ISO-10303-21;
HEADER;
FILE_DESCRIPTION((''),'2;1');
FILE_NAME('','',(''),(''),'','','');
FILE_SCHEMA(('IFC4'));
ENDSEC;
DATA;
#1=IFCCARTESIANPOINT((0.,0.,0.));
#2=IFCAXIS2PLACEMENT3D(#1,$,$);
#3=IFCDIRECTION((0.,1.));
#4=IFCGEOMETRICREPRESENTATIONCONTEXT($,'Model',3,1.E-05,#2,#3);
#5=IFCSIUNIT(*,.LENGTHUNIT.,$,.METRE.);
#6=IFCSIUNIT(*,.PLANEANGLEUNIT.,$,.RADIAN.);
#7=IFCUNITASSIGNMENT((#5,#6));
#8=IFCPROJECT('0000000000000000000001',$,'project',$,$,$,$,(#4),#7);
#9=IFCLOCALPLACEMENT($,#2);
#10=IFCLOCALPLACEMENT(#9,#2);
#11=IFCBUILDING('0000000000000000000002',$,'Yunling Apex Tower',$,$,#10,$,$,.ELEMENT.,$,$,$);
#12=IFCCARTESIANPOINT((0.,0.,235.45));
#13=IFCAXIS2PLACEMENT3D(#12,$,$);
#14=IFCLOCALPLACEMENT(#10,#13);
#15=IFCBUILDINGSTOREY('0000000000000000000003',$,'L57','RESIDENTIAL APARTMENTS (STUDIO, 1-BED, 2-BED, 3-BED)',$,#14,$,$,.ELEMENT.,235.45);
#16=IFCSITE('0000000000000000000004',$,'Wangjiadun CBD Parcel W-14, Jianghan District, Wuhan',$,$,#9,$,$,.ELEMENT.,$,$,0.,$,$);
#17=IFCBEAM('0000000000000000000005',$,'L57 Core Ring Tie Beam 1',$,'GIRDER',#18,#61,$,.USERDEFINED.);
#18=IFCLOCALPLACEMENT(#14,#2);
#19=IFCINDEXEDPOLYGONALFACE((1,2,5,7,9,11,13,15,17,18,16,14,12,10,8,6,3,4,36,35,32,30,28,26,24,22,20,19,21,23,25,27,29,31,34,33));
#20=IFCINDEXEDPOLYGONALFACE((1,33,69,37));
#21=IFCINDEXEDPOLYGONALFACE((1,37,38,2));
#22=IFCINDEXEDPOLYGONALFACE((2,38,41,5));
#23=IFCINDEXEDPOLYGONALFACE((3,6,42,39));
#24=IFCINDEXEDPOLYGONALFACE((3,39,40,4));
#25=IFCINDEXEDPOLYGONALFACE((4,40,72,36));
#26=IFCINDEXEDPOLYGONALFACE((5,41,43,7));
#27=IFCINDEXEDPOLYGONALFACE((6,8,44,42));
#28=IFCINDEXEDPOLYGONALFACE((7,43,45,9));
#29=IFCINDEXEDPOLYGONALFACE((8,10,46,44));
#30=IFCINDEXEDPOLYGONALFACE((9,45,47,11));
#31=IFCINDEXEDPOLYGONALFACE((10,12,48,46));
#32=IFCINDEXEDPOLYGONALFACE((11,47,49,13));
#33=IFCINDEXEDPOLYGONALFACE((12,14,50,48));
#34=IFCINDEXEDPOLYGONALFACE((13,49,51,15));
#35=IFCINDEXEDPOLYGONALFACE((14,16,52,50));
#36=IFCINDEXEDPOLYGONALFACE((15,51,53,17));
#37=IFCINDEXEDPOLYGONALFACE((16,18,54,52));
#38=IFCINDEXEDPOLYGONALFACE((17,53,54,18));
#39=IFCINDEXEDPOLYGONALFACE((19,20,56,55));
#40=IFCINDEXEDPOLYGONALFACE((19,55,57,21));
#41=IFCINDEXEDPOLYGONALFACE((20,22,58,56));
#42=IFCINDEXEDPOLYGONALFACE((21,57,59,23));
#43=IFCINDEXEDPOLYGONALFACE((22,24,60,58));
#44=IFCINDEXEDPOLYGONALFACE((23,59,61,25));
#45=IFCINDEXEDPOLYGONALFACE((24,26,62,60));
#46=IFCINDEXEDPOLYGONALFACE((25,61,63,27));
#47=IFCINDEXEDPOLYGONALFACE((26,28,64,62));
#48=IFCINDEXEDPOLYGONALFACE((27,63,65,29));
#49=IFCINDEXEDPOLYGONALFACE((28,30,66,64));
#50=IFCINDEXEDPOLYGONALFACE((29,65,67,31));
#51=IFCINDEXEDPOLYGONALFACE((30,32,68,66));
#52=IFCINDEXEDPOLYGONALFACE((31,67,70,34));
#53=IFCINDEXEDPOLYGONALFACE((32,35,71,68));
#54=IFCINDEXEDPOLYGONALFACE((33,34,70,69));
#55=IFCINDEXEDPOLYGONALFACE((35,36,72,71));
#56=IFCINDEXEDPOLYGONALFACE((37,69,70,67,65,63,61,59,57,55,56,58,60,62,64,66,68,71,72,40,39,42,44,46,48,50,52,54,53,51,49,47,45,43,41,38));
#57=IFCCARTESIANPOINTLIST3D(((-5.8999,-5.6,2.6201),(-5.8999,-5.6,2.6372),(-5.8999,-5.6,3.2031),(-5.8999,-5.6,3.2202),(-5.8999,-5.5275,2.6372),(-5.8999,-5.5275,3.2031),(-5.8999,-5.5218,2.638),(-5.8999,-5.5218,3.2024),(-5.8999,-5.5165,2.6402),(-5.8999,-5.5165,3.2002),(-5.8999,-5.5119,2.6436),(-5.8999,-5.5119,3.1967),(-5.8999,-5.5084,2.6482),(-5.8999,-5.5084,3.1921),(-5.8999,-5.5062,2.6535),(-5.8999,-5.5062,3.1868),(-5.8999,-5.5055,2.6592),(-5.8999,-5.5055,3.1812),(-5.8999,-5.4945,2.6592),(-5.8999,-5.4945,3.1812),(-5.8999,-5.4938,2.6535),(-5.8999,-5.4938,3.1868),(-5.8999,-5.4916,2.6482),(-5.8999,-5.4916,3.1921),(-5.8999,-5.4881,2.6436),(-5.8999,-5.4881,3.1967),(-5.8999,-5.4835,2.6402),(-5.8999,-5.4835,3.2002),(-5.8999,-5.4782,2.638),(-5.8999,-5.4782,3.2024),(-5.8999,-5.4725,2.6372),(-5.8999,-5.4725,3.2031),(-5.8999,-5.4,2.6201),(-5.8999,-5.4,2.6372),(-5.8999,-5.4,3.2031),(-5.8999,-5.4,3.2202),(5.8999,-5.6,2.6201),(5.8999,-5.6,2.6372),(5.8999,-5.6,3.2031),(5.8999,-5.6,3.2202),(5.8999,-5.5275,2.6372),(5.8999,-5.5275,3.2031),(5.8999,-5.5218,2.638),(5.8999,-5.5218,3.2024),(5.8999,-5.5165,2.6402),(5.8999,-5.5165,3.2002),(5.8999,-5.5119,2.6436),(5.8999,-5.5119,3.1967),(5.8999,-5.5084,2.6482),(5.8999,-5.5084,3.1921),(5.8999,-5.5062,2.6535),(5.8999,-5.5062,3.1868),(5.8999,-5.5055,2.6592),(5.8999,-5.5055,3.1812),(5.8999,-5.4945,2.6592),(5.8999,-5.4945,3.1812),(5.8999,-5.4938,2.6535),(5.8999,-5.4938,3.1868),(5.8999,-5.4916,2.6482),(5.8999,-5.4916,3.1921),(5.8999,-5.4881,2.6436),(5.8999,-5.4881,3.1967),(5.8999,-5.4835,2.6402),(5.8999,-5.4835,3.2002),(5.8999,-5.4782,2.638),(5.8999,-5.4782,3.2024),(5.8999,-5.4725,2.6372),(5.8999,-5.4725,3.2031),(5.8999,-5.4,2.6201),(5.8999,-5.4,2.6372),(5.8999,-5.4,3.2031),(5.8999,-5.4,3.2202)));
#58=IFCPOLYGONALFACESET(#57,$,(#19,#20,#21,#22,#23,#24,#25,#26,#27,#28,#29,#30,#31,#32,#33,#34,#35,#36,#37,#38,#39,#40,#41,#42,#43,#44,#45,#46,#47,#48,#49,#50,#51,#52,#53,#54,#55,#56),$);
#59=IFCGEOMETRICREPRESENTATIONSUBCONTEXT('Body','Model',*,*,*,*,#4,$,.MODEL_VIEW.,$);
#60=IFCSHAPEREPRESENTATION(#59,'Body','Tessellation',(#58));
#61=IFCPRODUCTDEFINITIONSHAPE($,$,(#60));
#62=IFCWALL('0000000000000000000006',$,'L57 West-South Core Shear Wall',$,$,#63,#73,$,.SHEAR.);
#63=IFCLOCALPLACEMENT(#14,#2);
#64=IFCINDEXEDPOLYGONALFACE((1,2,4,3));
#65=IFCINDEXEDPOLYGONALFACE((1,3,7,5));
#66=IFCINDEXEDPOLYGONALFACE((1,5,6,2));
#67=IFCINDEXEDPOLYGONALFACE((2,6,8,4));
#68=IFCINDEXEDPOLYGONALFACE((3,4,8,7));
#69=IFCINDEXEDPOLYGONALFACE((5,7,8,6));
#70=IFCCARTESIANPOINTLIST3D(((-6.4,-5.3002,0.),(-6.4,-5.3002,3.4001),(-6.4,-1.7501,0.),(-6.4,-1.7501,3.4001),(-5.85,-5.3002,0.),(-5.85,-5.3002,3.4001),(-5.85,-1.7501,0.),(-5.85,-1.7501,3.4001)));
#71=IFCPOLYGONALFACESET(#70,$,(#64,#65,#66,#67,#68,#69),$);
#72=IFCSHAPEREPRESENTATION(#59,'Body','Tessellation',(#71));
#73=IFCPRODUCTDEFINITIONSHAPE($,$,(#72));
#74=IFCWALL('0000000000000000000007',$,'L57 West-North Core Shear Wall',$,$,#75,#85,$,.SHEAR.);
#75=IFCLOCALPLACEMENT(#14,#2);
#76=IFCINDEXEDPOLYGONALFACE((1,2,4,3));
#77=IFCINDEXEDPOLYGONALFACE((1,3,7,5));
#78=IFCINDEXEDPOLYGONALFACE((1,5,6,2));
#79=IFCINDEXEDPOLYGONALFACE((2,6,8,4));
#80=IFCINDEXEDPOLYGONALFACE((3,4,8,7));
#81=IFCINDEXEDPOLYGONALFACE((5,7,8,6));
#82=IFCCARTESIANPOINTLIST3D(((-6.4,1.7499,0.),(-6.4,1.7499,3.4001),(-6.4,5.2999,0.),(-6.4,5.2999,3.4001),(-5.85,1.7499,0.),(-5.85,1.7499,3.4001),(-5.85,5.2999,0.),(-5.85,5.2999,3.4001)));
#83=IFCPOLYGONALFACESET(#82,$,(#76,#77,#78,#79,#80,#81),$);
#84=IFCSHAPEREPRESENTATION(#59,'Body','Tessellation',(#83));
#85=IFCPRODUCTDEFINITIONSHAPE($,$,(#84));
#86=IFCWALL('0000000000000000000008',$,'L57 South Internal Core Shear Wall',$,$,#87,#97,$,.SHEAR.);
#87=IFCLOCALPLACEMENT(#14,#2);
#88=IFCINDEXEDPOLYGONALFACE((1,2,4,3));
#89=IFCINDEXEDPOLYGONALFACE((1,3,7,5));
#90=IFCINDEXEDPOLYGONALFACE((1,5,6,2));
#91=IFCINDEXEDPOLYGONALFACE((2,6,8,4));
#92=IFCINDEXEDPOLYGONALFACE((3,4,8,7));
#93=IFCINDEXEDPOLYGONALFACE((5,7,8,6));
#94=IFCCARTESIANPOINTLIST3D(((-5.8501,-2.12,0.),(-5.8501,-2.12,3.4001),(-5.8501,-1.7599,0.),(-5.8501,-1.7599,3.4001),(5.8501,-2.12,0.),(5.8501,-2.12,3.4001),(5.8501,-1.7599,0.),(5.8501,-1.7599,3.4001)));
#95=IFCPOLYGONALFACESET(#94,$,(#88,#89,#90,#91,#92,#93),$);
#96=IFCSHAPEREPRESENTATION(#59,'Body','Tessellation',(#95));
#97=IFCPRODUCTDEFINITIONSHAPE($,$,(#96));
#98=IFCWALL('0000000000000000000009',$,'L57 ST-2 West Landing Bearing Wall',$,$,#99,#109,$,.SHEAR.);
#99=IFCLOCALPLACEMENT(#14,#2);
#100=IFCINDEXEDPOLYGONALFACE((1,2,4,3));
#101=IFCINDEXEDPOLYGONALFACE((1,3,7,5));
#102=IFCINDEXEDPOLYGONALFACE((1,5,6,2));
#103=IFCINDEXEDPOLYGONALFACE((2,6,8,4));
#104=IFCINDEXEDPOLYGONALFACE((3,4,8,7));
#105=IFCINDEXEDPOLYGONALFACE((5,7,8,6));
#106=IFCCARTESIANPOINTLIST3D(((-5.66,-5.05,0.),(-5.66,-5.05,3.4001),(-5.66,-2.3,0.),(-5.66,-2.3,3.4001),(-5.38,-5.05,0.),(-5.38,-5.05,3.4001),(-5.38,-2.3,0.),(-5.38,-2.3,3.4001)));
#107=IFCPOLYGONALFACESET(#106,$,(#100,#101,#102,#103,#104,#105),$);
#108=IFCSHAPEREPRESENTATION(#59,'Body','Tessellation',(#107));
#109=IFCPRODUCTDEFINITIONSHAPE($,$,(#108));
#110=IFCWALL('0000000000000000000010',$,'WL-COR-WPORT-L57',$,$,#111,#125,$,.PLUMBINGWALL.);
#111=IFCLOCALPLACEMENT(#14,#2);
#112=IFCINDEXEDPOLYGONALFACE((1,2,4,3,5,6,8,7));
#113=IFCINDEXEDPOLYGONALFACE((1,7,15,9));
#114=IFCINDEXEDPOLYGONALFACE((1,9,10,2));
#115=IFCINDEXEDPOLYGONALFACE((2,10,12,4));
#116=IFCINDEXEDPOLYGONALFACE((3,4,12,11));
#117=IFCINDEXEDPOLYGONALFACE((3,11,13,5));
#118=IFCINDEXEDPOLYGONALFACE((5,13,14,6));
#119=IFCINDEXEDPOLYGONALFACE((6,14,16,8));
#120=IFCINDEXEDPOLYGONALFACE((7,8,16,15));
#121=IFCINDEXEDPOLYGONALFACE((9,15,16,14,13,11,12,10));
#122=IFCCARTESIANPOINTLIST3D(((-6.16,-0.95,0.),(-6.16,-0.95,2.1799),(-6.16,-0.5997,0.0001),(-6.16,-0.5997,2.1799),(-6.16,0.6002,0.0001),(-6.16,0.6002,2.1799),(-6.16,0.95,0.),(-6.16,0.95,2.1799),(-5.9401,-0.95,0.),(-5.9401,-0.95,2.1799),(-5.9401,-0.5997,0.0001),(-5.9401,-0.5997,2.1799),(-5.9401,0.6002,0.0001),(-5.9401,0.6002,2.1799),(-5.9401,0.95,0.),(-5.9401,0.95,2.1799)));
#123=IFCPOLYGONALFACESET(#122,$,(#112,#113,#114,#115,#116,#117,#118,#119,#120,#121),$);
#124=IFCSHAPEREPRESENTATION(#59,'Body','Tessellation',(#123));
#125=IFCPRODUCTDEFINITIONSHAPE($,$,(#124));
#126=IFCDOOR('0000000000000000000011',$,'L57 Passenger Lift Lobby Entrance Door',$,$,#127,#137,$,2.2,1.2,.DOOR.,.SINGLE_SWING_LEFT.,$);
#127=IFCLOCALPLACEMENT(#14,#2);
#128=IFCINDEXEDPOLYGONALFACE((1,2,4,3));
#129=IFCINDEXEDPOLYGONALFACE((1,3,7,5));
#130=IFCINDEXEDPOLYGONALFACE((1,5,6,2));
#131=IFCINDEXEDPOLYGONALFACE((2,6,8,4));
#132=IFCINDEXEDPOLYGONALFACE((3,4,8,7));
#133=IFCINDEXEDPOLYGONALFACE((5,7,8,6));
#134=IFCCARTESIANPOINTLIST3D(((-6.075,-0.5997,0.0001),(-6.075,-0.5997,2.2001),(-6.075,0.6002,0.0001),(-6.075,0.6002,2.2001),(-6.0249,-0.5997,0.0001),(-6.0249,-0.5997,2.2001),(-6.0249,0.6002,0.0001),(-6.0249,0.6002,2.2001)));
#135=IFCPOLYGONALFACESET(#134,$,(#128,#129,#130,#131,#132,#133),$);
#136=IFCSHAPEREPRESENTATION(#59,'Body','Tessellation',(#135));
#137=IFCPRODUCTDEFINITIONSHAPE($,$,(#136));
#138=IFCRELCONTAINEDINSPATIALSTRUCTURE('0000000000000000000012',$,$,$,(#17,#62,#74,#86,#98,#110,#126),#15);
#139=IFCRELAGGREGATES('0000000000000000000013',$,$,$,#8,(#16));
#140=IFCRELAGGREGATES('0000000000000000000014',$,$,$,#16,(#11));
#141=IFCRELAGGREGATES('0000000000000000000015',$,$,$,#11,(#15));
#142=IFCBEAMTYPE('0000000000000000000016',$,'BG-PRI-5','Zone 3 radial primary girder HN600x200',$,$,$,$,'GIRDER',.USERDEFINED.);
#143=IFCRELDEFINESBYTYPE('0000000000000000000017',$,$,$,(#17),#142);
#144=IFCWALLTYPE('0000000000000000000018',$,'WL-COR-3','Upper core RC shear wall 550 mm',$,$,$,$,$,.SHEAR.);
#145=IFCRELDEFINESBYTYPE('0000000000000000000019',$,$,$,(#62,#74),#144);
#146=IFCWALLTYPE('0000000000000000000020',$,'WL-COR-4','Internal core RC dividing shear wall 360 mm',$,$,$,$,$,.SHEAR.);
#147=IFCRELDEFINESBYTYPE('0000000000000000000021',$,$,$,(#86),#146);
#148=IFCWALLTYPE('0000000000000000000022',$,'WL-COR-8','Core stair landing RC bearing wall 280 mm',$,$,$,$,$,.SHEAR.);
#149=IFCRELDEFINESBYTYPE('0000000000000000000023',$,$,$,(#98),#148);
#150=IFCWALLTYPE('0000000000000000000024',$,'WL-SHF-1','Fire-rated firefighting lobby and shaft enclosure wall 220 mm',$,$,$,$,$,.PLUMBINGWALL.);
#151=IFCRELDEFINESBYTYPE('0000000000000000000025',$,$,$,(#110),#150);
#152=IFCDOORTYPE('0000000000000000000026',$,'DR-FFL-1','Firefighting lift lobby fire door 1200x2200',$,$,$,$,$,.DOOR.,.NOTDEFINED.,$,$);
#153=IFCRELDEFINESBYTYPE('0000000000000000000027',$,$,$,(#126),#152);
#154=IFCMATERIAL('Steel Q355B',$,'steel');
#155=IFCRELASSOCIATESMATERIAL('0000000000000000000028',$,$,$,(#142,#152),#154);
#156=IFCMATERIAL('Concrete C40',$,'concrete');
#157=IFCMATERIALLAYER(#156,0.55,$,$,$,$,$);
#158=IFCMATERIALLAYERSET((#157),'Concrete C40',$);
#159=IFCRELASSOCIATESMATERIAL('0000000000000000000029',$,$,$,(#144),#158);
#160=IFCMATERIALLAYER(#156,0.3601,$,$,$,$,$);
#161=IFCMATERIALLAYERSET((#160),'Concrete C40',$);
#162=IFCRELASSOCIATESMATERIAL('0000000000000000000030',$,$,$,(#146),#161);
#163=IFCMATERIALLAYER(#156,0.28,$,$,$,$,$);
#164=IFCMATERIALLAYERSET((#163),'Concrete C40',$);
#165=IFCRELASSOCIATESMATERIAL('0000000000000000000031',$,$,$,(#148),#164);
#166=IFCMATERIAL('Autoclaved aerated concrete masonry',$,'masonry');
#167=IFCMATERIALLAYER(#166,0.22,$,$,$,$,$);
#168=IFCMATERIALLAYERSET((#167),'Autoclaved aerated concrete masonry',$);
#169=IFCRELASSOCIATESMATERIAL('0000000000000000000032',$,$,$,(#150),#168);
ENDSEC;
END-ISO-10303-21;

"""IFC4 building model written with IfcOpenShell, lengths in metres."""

from ifc_helpers import new_model, si_unit, direction, frame, frame_2d, origin, origin_2d, place, context, subcontext, project, spatial, rectangle, i_section, extrude, source, transform, mapped, material, layer, layer_set, material_profile, profile_set, type_object, element, fill, save


model = new_model("IFC4")

# Units and contexts
model_context = context("Model", 3, precision=1e-05, world=origin(), true_north=direction((0.0, 1.0)))
body_context = subcontext(model_context, "Body", "Model", "MODEL_VIEW")
ifc_project = project(units=[si_unit("LENGTHUNIT", "METRE"), si_unit("PLANEANGLEUNIT", "RADIAN")], contexts=[model_context])

# Site, building, storey
site_placement = place(None, origin())
site = spatial("IfcSite", under=ifc_project, at=site_placement, Name="Wangjiadun CBD Parcel W-14, Jianghan District, Wuhan", CompositionType="ELEMENT", RefElevation=0.0)
building_placement = place(site_placement, origin())
building = spatial("IfcBuilding", under=site, at=building_placement, Name="Yunling Apex Tower", CompositionType="ELEMENT")
storey_placement = place(building_placement, frame((0.0, 0.0, 235.45)))
storey = spatial("IfcBuildingStorey", under=building, at=storey_placement, Name="L57", Description="RESIDENTIAL APARTMENTS (STUDIO, 1-BED, 2-BED, 3-BED)", CompositionType="ELEMENT", Elevation=235.45)

# Beam
ifc_material_1 = material(Name="Steel Q355B", Category="steel")
ifc_material_2 = material(Name="Concrete C40", Category="concrete")
ifc_material_profile_1 = material_profile(ifc_material_1, i_section(OverallWidth=0.2, OverallDepth=0.6001, WebThickness=0.011, FlangeThickness=0.0171, FilletRadius=0.022, at=origin_2d()))
ifc_profile_set_1 = profile_set([ifc_material_profile_1], Name="Steel Q355B")
beam_type_1 = type_object("IfcBeamType", Name="BG-PRI-5", Description="Zone 3 radial primary girder HN600x200", ElementType="GIRDER", PredefinedType="USERDEFINED", material=ifc_profile_set_1)
shared_shape_1 = source(origin(), body_context, "Body", "SweptSolid", [
    extrude(i_section(OverallWidth=0.2, OverallDepth=0.6001, WebThickness=0.011, FlangeThickness=0.0171, FilletRadius=0.022, at=origin_2d()), origin(), (0.0, 0.0, 1.0), 11.7998),
])
beam_1_placement = place(storey_placement, frame((-5.8999, -5.5, 2.9202), z_axis=(1.0, 0.0, 0.0), x_axis=(0.0, 1.0, 0.0)))
element("IfcBeam", 1, at=beam_1_placement, inside=storey, type_object=beam_type_1, Name="L57 Core Ring Tie Beam 1", ObjectType="GIRDER", PredefinedType="USERDEFINED", context=body_context, shape_type="MappedRepresentation", body=[
    mapped(shared_shape_1, transform((0.0, 0.0, 0.0), scale=1.0)),
])

# Walls
ifc_layer_1 = layer(ifc_material_2, 0.55)
ifc_layer_set_1 = layer_set([ifc_layer_1], Name="Concrete C40")
wall_type_1 = type_object("IfcWallType", Name="WL-COR-3", Description="Upper core RC shear wall 550 mm", PredefinedType="SHEAR", material=ifc_layer_set_1)
for number, where, z_axis, x_axis, name in (
    (2, (-6.125, -5.3, 0.0), (0.0, 0.0, 1.0), (0.0, 1.0, 0.0), "L57 West-South Core Shear Wall"),
    (3, (-6.125, 1.75, 0.0), (0.0, 0.0, 1.0), (0.0, 1.0, 0.0), "L57 West-North Core Shear Wall"),
):
    element("IfcWall", number, at=place(storey_placement, frame(where, z_axis=z_axis, x_axis=x_axis)), inside=storey, type_object=wall_type_1, Name=name, PredefinedType="SHEAR", context=body_context, shape_type="SweptSolid", body=[
        extrude(rectangle(XDim=3.55, YDim=0.55, at=frame_2d((1.7749, 0.0))), origin(), (0.0, 0.0, 1.0), 3.4001),
    ])
ifc_layer_2 = layer(ifc_material_2, 0.3601)
ifc_layer_set_2 = layer_set([ifc_layer_2], Name="Concrete C40")
wall_type_2 = type_object("IfcWallType", Name="WL-COR-4", Description="Internal core RC dividing shear wall 360 mm", PredefinedType="SHEAR", material=ifc_layer_set_2)
wall_1_placement = place(storey_placement, frame((-5.8501, -1.9399, 0.0), z_axis=(0.0, 0.0, 1.0), x_axis=(1.0, 0.0, 0.0)))
element("IfcWall", 4, at=wall_1_placement, inside=storey, type_object=wall_type_2, Name="L57 South Internal Core Shear Wall", PredefinedType="SHEAR", context=body_context, shape_type="SweptSolid", body=[
    extrude(rectangle(XDim=11.7002, YDim=0.3601, at=frame_2d((5.8501, 0.0))), origin(), (0.0, 0.0, 1.0), 3.4001),
])
ifc_layer_3 = layer(ifc_material_2, 0.28)
ifc_layer_set_3 = layer_set([ifc_layer_3], Name="Concrete C40")
wall_type_3 = type_object("IfcWallType", Name="WL-COR-8", Description="Core stair landing RC bearing wall 280 mm", PredefinedType="SHEAR", material=ifc_layer_set_3)
wall_2_placement = place(storey_placement, frame((-5.52, -5.05, 0.0), z_axis=(0.0, 0.0, 1.0), x_axis=(0.0, 1.0, 0.0)))
element("IfcWall", 5, at=wall_2_placement, inside=storey, type_object=wall_type_3, Name="L57 ST-2 West Landing Bearing Wall", PredefinedType="SHEAR", context=body_context, shape_type="SweptSolid", body=[
    extrude(rectangle(XDim=2.75, YDim=0.28, at=frame_2d((1.375, 0.0))), origin(), (0.0, 0.0, 1.0), 3.4001),
])

# Wall, opening, door
ifc_material_3 = material(Name="Autoclaved aerated concrete masonry", Category="masonry")
ifc_layer_4 = layer(ifc_material_3, 0.22)
ifc_layer_set_4 = layer_set([ifc_layer_4], Name="Autoclaved aerated concrete masonry")
wall_type_4 = type_object("IfcWallType", Name="WL-SHF-1", Description="Fire-rated firefighting lobby and shaft enclosure wall 220 mm", PredefinedType="PLUMBINGWALL", material=ifc_layer_set_4)
wall_3_placement = place(storey_placement, frame((-6.05, -0.95, 0.0), z_axis=(0.0, 0.0, 1.0), x_axis=(0.0, 1.0, 0.0)))
wall_3 = element("IfcWall", 6, at=wall_3_placement, inside=storey, type_object=wall_type_4, Name="WL-COR-WPORT-L57", PredefinedType="PLUMBINGWALL", context=body_context, shape_type="SweptSolid", body=[
    extrude(rectangle(XDim=1.8999, YDim=0.22, at=frame_2d((0.95, 0.0))), origin(), (0.0, 0.0, 1.0), 2.1799),
])
opening_1_placement = place(wall_3_placement, frame((0.3501, 0.0, 0.0)))
opening_1 = element("IfcOpeningElement", 7, at=opening_1_placement, cuts=wall_3, PredefinedType="OPENING", context=body_context, shape_type="SweptSolid", body=[
    extrude(rectangle(XDim=1.2, YDim=2.2, at=frame_2d((0.6001, 1.1001))), frame((0.0, 0.1201, 0.0), z_axis=(0.0, -1.0, 0.0), x_axis=(1.0, 0.0, 0.0)), (0.0, 0.0, 1.0), 0.24),
])
door_type_1 = type_object("IfcDoorType", Name="DR-FFL-1", Description="Firefighting lift lobby fire door 1200x2200", OperationType="NOTDEFINED", PredefinedType="DOOR", material=ifc_material_1)
door_1_placement = place(opening_1_placement, origin())
door_1 = element("IfcDoor", 8, at=door_1_placement, inside=storey, type_object=door_type_1, Name="L57 Passenger Lift Lobby Entrance Door", OperationType="SINGLE_SWING_LEFT", OverallHeight=2.2, OverallWidth=1.2, PredefinedType="DOOR", context=body_context, shape_type="SweptSolid", body=[
    extrude(rectangle(XDim=1.2, YDim=2.2, at=frame_2d((0.6001, 1.1001))), frame((0.0, 0.0249, 0.0), z_axis=(0.0, -1.0, 0.0), x_axis=(1.0, 0.0, 0.0)), (0.0, 0.0, 1.0), 0.05),
])
fill(opening_1, door_1)

save(model, "model.ifc")
